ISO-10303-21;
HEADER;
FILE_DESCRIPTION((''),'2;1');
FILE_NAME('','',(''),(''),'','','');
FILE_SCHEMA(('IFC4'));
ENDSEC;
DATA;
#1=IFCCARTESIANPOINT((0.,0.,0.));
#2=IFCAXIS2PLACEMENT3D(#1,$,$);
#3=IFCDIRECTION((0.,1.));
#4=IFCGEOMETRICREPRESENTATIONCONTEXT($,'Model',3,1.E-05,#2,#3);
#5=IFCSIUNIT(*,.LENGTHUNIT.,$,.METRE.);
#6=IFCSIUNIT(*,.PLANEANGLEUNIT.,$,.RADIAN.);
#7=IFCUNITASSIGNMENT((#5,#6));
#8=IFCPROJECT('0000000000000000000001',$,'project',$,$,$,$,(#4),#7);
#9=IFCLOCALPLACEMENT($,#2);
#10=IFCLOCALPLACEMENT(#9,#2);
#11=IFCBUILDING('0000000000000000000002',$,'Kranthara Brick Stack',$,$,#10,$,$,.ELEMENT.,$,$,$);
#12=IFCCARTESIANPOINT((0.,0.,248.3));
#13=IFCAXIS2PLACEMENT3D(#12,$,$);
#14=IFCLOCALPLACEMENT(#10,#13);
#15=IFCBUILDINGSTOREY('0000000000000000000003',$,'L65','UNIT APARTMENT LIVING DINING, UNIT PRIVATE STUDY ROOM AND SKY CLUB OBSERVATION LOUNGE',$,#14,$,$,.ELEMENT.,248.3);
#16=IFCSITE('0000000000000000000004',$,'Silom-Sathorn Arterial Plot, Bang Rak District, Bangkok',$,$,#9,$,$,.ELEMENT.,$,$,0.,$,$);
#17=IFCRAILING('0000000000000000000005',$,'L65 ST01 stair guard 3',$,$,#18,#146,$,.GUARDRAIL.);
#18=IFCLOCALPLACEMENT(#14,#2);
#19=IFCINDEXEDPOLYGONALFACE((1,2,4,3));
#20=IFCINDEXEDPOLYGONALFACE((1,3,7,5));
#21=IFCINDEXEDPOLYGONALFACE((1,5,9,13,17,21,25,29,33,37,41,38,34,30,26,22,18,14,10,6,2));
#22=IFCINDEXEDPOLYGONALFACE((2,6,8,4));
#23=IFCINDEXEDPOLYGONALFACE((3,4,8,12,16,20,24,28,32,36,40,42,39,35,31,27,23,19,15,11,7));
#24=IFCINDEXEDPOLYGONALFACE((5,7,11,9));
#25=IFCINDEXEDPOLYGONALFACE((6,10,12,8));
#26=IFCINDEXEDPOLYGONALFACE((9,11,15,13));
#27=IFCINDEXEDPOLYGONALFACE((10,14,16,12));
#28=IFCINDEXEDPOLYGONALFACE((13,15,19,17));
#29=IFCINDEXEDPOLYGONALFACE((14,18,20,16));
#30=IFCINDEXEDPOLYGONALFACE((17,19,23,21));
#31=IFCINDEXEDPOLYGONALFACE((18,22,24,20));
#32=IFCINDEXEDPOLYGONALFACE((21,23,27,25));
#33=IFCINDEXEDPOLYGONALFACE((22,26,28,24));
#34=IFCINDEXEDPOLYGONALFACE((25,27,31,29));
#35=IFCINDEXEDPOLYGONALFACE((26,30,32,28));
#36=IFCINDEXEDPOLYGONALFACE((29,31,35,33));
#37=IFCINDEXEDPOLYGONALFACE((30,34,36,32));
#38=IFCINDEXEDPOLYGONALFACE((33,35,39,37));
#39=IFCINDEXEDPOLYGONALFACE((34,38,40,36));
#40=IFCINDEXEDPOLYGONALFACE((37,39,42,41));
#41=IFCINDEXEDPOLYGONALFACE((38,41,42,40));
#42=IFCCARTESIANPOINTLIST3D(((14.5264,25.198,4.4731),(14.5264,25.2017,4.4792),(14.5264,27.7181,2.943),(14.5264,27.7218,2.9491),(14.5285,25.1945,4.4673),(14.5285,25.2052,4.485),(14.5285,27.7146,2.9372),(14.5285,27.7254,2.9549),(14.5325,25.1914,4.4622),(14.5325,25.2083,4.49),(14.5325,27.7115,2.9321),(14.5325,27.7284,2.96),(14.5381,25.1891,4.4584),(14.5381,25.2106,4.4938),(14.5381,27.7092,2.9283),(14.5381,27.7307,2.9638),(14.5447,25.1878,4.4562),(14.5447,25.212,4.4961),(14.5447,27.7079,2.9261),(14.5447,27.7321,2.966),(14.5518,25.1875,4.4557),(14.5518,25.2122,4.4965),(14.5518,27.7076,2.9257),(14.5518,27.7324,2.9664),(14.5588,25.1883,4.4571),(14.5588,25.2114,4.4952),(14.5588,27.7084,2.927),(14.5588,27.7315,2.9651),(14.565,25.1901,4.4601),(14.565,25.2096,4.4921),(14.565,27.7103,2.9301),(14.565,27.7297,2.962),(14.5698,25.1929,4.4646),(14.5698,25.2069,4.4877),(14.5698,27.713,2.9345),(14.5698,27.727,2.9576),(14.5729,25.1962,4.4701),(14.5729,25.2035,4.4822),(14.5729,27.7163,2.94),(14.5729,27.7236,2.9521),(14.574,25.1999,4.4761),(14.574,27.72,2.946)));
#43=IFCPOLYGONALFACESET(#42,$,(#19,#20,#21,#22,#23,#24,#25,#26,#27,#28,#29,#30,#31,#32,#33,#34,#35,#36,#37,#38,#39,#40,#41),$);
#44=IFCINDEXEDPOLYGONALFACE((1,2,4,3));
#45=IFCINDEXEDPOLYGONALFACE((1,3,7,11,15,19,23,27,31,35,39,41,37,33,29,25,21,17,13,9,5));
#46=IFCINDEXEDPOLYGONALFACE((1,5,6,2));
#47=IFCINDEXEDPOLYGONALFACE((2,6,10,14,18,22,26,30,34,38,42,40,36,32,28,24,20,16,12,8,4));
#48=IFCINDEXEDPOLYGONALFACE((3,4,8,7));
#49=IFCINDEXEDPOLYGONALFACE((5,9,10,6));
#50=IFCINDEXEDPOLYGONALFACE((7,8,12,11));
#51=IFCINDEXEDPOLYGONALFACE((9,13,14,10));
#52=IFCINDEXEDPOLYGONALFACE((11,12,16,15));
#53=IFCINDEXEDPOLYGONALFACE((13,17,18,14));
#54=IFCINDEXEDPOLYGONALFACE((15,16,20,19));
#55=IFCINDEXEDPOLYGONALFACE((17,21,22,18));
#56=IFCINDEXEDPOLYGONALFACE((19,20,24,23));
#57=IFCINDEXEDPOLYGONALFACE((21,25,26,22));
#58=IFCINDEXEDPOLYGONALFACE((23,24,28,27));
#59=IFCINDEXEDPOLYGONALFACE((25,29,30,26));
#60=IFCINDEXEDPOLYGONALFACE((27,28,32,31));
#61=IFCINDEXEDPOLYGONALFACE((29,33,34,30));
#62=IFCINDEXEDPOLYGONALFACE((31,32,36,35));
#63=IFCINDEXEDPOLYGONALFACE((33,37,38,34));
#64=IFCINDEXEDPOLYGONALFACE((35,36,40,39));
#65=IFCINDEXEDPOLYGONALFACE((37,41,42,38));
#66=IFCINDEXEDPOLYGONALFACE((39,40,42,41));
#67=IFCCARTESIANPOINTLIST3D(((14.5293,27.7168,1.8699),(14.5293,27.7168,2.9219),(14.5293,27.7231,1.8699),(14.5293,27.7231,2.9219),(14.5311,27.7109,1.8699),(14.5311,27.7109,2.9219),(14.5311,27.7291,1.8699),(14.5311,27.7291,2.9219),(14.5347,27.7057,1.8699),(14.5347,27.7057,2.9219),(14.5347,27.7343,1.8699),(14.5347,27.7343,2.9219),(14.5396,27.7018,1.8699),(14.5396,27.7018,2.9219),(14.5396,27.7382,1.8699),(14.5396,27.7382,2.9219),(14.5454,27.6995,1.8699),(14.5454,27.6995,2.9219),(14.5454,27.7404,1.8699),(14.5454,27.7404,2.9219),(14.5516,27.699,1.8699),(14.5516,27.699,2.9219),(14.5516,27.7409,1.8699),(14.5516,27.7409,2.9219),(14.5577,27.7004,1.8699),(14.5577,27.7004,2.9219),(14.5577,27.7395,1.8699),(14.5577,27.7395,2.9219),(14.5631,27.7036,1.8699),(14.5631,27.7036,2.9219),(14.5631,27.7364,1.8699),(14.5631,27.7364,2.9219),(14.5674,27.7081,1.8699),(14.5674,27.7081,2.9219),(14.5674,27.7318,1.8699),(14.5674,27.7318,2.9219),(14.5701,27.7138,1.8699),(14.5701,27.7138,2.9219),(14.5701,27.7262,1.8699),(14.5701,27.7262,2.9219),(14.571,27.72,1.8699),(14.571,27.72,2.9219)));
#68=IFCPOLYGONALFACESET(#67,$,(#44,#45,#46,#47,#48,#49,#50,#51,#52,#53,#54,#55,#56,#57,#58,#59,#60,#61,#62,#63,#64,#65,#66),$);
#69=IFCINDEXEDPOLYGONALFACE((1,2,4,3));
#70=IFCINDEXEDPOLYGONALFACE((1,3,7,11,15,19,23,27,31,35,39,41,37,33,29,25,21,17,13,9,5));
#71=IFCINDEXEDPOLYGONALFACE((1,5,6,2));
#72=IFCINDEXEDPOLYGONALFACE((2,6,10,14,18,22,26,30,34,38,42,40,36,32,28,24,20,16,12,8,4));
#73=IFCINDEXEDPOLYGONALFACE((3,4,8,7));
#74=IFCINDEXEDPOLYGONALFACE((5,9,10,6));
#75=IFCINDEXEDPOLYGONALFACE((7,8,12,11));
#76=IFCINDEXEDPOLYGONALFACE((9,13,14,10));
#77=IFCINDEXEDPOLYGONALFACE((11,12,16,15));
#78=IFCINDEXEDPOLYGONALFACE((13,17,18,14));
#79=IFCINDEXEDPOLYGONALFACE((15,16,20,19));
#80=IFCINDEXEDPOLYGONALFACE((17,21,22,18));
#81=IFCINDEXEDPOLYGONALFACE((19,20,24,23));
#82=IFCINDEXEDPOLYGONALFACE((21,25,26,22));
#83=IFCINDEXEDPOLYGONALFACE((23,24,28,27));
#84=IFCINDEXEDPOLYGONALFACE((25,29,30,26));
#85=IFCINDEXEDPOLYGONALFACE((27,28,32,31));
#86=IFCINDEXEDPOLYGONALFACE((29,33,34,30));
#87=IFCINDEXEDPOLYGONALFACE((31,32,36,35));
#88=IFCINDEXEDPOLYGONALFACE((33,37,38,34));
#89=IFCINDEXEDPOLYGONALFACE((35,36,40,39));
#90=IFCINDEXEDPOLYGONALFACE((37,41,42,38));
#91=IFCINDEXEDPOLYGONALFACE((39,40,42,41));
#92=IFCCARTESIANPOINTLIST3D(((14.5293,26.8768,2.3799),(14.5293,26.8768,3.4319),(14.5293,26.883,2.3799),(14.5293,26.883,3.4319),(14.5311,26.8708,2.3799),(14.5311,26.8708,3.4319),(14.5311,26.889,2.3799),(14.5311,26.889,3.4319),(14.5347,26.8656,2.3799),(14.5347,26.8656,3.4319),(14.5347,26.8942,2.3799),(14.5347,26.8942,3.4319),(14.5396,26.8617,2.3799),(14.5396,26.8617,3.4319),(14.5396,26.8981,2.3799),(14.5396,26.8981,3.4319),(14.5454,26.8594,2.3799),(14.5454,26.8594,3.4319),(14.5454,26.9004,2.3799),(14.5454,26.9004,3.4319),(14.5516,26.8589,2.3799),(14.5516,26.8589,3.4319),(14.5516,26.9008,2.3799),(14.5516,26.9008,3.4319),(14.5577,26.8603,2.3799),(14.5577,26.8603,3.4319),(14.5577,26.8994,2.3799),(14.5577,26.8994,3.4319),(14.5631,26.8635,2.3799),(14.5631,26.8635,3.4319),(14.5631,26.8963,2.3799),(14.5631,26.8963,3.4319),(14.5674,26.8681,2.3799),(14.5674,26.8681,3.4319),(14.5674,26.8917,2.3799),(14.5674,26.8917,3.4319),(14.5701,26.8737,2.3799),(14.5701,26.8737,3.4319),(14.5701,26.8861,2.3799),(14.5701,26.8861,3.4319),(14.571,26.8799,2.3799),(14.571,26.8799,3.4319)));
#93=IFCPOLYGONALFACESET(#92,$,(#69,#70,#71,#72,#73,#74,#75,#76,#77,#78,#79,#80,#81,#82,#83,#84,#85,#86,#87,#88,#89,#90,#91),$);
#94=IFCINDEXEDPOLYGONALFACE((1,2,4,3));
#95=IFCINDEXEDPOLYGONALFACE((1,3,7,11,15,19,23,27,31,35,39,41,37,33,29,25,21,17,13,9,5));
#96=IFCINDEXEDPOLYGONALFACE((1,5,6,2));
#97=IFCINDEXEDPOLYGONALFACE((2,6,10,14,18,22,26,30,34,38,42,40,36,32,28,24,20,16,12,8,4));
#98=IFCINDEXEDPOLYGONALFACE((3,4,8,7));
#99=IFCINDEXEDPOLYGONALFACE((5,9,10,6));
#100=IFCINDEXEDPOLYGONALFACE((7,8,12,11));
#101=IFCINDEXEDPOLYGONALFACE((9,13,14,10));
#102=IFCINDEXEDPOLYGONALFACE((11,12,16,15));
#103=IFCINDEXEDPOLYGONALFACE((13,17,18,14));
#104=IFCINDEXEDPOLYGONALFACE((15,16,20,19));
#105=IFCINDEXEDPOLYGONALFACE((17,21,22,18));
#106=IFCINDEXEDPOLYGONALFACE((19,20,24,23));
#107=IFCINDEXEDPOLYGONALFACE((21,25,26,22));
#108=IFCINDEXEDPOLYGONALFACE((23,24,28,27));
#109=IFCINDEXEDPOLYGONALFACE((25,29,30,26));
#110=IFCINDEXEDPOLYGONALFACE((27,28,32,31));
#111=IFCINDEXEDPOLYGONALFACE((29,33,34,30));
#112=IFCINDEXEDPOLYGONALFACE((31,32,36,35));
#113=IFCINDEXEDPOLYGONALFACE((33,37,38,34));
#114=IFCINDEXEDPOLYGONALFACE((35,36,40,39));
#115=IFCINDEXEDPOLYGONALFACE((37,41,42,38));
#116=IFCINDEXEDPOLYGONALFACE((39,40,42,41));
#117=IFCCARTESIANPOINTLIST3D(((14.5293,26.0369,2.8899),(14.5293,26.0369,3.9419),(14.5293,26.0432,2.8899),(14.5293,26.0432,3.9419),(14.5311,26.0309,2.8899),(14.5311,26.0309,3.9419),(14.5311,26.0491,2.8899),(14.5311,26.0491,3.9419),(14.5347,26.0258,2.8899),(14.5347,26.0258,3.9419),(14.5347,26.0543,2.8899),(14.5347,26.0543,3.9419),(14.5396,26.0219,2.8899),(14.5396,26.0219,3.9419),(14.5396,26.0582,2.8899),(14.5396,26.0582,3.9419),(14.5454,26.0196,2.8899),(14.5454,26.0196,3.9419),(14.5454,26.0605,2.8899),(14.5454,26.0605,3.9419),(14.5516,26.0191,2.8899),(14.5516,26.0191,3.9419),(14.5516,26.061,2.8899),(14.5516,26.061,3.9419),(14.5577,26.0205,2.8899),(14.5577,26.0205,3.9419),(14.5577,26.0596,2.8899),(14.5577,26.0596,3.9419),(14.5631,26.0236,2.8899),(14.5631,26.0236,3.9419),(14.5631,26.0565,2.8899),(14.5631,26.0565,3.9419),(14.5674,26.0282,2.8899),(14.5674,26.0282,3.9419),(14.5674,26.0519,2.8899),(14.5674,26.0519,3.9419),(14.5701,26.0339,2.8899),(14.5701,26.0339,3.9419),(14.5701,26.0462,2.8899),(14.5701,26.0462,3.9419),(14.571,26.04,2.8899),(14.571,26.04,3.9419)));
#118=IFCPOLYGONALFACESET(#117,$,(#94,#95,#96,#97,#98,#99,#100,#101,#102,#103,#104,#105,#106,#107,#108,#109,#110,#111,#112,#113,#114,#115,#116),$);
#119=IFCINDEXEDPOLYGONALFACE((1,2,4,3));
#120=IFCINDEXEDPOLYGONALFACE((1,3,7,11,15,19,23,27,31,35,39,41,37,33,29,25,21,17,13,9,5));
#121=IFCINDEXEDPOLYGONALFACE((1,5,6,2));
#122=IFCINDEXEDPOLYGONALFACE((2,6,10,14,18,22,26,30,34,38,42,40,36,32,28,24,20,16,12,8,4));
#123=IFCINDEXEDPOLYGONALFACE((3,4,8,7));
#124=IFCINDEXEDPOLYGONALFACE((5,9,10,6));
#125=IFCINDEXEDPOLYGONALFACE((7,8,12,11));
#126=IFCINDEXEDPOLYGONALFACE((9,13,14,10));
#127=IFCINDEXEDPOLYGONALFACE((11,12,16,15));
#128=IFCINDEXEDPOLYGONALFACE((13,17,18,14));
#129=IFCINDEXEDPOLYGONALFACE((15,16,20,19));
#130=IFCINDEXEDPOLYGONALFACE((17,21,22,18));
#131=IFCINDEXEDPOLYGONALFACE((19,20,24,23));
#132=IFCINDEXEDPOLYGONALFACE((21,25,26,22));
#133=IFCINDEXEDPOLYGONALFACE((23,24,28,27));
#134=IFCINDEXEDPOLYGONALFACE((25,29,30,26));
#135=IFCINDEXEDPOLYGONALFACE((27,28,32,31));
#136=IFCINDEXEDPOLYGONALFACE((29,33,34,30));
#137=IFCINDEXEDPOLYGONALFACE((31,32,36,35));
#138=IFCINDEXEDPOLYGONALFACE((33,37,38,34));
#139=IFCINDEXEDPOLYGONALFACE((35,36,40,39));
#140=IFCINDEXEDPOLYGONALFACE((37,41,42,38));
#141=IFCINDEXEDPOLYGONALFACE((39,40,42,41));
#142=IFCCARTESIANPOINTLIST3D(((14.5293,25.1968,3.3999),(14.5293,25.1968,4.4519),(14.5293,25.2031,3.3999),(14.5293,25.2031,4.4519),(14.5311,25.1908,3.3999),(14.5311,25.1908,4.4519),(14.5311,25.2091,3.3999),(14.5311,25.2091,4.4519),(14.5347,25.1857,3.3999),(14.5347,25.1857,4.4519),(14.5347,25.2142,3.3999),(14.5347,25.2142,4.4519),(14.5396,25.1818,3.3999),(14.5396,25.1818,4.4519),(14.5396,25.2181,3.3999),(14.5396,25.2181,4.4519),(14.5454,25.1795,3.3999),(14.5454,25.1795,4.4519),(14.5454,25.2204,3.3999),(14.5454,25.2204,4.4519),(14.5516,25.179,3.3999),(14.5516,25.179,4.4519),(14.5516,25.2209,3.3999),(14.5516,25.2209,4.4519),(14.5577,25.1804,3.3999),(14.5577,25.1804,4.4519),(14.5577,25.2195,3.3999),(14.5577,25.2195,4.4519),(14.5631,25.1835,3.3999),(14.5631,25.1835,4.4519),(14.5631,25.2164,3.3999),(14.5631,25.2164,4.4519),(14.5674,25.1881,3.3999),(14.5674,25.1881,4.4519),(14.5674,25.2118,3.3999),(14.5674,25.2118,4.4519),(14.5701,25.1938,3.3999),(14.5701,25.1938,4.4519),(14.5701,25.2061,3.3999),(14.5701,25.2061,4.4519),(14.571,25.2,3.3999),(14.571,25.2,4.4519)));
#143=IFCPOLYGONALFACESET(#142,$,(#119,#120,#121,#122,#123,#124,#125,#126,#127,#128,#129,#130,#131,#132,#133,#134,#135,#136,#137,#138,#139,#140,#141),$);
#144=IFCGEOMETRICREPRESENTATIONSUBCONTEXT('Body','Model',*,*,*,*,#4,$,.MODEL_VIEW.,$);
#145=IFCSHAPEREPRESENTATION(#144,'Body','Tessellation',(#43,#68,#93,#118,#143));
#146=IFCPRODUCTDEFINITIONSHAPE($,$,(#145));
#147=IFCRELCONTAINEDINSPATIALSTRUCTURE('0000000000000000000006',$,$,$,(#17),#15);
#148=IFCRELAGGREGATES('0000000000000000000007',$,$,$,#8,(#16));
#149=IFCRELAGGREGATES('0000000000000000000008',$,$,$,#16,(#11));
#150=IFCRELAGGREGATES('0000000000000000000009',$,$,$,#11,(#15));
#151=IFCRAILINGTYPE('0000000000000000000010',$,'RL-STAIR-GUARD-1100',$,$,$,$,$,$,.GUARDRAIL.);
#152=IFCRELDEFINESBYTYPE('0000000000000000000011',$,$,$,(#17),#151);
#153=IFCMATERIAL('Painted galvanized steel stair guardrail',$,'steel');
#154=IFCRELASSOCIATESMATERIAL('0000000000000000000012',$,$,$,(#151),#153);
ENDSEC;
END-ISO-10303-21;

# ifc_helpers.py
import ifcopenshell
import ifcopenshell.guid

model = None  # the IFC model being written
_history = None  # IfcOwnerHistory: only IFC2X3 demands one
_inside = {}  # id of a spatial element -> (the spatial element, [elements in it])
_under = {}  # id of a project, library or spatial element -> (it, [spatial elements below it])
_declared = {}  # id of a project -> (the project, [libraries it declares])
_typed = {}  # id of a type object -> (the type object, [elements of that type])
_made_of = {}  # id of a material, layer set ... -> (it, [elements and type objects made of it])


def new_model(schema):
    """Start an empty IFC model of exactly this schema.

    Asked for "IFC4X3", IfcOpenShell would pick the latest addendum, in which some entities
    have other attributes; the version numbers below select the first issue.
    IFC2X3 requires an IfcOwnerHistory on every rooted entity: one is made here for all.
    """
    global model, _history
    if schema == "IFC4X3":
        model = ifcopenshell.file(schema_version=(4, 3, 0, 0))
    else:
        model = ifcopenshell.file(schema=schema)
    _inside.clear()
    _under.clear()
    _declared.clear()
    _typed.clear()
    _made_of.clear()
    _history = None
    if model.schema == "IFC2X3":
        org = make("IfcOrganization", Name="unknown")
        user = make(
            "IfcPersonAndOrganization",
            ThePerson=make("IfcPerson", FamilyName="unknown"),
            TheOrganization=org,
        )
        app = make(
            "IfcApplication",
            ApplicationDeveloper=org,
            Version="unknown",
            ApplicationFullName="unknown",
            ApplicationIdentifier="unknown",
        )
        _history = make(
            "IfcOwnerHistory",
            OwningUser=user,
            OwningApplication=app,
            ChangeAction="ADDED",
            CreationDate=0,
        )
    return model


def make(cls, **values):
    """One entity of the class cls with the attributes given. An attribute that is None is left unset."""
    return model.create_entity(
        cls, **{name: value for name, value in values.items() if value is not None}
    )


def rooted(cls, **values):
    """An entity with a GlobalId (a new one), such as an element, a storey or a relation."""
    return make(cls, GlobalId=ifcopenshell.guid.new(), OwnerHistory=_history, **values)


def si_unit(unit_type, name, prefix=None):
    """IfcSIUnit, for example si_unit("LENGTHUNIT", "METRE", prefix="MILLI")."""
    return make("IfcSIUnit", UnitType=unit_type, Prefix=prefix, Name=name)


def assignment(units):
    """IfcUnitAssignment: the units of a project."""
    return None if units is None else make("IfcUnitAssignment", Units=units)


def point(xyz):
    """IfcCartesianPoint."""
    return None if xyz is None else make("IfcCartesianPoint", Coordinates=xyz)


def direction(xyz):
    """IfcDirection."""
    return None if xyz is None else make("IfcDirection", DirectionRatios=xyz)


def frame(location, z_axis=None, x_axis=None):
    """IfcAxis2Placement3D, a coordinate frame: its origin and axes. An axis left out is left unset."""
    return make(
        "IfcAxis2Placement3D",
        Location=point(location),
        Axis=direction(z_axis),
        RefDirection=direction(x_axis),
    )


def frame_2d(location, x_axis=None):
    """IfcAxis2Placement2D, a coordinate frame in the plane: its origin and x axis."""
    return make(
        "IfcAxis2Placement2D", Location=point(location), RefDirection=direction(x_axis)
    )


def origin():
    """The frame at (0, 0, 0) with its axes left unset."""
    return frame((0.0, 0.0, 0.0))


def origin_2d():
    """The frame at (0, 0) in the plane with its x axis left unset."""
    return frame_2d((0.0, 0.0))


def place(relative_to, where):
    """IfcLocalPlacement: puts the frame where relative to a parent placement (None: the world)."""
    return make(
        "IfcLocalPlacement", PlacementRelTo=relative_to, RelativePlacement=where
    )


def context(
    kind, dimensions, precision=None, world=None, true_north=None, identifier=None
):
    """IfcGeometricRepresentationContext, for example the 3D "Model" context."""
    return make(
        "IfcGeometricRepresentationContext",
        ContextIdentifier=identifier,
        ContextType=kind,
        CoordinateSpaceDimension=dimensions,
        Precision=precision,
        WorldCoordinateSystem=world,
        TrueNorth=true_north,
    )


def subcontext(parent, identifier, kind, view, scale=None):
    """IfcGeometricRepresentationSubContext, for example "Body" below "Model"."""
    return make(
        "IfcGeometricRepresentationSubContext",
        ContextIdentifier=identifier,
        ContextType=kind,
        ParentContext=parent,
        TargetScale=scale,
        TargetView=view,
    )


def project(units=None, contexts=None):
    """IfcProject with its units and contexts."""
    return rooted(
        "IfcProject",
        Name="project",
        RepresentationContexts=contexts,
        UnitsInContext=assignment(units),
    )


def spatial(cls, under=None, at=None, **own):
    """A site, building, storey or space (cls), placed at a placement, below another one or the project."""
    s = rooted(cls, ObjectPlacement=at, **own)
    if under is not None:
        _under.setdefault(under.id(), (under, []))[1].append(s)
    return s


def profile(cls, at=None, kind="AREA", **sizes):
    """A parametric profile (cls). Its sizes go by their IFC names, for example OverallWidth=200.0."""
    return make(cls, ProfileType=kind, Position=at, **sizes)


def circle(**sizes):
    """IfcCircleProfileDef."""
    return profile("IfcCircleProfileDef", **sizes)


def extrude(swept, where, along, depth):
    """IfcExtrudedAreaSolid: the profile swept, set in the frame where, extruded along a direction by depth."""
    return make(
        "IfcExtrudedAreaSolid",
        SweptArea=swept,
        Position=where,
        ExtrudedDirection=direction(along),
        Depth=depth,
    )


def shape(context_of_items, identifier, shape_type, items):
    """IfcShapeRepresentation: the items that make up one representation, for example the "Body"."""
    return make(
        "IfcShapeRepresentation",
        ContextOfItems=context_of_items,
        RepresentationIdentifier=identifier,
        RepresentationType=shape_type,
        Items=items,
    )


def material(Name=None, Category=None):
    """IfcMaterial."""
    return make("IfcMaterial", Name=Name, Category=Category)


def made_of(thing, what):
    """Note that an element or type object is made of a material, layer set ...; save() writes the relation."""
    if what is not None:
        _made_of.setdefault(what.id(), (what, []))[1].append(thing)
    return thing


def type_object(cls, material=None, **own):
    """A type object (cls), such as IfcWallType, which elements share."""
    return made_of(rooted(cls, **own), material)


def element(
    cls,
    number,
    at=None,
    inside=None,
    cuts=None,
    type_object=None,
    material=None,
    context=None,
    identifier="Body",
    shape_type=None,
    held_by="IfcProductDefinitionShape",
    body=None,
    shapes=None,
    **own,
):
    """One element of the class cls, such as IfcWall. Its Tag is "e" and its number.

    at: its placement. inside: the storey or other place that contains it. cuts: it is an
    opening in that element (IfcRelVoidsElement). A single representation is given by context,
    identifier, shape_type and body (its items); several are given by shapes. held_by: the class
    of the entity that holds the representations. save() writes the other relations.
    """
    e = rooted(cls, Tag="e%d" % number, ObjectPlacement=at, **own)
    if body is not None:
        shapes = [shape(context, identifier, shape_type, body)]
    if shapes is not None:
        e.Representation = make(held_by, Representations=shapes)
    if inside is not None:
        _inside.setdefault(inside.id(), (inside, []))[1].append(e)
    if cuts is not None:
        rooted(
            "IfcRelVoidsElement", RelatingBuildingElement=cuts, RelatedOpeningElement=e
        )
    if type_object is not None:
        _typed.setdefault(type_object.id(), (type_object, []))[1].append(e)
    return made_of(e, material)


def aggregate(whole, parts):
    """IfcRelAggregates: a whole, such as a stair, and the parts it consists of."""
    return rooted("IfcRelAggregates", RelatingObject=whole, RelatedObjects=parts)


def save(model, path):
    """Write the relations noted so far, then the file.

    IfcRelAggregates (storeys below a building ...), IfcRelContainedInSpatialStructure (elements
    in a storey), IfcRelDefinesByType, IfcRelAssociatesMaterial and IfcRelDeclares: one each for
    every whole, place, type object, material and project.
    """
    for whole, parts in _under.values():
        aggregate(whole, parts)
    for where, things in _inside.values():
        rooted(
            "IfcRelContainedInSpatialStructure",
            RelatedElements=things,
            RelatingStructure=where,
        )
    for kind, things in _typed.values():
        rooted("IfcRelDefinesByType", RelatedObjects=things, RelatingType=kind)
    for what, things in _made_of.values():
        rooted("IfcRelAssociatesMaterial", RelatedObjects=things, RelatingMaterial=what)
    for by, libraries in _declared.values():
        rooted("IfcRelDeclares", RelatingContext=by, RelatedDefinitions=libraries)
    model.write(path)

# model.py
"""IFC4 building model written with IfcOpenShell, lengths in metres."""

from ifc_helpers import new_model, si_unit, direction, frame, origin, origin_2d, place, context, subcontext, project, spatial, circle, extrude, material, type_object, element, save


model = new_model("IFC4")

# Units and contexts
model_context = context("Model", 3, precision=1e-05, world=origin(), true_north=direction((0.0, 1.0)))
body_context = subcontext(model_context, "Body", "Model", "MODEL_VIEW")
ifc_project = project(units=[si_unit("LENGTHUNIT", "METRE"), si_unit("PLANEANGLEUNIT", "RADIAN")], contexts=[model_context])

# Site, building, storey
site_placement = place(None, origin())
site = spatial("IfcSite", under=ifc_project, at=site_placement, Name="Silom-Sathorn Arterial Plot, Bang Rak District, Bangkok", CompositionType="ELEMENT", RefElevation=0.0)
building_placement = place(site_placement, origin())
building = spatial("IfcBuilding", under=site, at=building_placement, Name="Kranthara Brick Stack", CompositionType="ELEMENT")
storey_placement = place(building_placement, frame((0.0, 0.0, 248.3)))
storey = spatial("IfcBuildingStorey", under=building, at=storey_placement, Name="L65", Description="UNIT APARTMENT LIVING DINING, UNIT PRIVATE STUDY ROOM AND SKY CLUB OBSERVATION LOUNGE", CompositionType="ELEMENT", Elevation=248.3)

# Railing
ifc_material_1 = material(Name="Painted galvanized steel stair guardrail", Category="steel")
railing_type_1 = type_object("IfcRailingType", Name="RL-STAIR-GUARD-1100", PredefinedType="GUARDRAIL", material=ifc_material_1)
railing_1_placement = place(storey_placement, frame((14.55, 27.72, 1.8699)))
element("IfcRailing", 1, at=railing_1_placement, inside=storey, type_object=railing_type_1, Name="L65 ST01 stair guard 3", PredefinedType="GUARDRAIL", context=body_context, shape_type="SweptSolid", body=[
    extrude(circle(Radius=0.0239, at=origin_2d()), frame((0.0, 0.0, 1.0762), z_axis=(0.0, -0.854785, 0.518982), x_axis=(1.0, 0.0, 0.0)), (0.0, 0.0, 1.0), 2.9482),
    extrude(circle(Radius=0.021, at=origin_2d()), origin(), (0.0, 0.0, 1.0), 1.052),
    extrude(circle(Radius=0.021, at=origin_2d()), frame((0.0, -0.8401, 0.51)), (0.0, 0.0, 1.0), 1.052),
    extrude(circle(Radius=0.021, at=origin_2d()), frame((0.0, -1.6799, 1.02)), (0.0, 0.0, 1.0), 1.052),
    extrude(circle(Radius=0.021, at=origin_2d()), frame((0.0, -2.52, 1.53)), (0.0, 0.0, 1.0), 1.052),
])

save(model, "model.ifc")
